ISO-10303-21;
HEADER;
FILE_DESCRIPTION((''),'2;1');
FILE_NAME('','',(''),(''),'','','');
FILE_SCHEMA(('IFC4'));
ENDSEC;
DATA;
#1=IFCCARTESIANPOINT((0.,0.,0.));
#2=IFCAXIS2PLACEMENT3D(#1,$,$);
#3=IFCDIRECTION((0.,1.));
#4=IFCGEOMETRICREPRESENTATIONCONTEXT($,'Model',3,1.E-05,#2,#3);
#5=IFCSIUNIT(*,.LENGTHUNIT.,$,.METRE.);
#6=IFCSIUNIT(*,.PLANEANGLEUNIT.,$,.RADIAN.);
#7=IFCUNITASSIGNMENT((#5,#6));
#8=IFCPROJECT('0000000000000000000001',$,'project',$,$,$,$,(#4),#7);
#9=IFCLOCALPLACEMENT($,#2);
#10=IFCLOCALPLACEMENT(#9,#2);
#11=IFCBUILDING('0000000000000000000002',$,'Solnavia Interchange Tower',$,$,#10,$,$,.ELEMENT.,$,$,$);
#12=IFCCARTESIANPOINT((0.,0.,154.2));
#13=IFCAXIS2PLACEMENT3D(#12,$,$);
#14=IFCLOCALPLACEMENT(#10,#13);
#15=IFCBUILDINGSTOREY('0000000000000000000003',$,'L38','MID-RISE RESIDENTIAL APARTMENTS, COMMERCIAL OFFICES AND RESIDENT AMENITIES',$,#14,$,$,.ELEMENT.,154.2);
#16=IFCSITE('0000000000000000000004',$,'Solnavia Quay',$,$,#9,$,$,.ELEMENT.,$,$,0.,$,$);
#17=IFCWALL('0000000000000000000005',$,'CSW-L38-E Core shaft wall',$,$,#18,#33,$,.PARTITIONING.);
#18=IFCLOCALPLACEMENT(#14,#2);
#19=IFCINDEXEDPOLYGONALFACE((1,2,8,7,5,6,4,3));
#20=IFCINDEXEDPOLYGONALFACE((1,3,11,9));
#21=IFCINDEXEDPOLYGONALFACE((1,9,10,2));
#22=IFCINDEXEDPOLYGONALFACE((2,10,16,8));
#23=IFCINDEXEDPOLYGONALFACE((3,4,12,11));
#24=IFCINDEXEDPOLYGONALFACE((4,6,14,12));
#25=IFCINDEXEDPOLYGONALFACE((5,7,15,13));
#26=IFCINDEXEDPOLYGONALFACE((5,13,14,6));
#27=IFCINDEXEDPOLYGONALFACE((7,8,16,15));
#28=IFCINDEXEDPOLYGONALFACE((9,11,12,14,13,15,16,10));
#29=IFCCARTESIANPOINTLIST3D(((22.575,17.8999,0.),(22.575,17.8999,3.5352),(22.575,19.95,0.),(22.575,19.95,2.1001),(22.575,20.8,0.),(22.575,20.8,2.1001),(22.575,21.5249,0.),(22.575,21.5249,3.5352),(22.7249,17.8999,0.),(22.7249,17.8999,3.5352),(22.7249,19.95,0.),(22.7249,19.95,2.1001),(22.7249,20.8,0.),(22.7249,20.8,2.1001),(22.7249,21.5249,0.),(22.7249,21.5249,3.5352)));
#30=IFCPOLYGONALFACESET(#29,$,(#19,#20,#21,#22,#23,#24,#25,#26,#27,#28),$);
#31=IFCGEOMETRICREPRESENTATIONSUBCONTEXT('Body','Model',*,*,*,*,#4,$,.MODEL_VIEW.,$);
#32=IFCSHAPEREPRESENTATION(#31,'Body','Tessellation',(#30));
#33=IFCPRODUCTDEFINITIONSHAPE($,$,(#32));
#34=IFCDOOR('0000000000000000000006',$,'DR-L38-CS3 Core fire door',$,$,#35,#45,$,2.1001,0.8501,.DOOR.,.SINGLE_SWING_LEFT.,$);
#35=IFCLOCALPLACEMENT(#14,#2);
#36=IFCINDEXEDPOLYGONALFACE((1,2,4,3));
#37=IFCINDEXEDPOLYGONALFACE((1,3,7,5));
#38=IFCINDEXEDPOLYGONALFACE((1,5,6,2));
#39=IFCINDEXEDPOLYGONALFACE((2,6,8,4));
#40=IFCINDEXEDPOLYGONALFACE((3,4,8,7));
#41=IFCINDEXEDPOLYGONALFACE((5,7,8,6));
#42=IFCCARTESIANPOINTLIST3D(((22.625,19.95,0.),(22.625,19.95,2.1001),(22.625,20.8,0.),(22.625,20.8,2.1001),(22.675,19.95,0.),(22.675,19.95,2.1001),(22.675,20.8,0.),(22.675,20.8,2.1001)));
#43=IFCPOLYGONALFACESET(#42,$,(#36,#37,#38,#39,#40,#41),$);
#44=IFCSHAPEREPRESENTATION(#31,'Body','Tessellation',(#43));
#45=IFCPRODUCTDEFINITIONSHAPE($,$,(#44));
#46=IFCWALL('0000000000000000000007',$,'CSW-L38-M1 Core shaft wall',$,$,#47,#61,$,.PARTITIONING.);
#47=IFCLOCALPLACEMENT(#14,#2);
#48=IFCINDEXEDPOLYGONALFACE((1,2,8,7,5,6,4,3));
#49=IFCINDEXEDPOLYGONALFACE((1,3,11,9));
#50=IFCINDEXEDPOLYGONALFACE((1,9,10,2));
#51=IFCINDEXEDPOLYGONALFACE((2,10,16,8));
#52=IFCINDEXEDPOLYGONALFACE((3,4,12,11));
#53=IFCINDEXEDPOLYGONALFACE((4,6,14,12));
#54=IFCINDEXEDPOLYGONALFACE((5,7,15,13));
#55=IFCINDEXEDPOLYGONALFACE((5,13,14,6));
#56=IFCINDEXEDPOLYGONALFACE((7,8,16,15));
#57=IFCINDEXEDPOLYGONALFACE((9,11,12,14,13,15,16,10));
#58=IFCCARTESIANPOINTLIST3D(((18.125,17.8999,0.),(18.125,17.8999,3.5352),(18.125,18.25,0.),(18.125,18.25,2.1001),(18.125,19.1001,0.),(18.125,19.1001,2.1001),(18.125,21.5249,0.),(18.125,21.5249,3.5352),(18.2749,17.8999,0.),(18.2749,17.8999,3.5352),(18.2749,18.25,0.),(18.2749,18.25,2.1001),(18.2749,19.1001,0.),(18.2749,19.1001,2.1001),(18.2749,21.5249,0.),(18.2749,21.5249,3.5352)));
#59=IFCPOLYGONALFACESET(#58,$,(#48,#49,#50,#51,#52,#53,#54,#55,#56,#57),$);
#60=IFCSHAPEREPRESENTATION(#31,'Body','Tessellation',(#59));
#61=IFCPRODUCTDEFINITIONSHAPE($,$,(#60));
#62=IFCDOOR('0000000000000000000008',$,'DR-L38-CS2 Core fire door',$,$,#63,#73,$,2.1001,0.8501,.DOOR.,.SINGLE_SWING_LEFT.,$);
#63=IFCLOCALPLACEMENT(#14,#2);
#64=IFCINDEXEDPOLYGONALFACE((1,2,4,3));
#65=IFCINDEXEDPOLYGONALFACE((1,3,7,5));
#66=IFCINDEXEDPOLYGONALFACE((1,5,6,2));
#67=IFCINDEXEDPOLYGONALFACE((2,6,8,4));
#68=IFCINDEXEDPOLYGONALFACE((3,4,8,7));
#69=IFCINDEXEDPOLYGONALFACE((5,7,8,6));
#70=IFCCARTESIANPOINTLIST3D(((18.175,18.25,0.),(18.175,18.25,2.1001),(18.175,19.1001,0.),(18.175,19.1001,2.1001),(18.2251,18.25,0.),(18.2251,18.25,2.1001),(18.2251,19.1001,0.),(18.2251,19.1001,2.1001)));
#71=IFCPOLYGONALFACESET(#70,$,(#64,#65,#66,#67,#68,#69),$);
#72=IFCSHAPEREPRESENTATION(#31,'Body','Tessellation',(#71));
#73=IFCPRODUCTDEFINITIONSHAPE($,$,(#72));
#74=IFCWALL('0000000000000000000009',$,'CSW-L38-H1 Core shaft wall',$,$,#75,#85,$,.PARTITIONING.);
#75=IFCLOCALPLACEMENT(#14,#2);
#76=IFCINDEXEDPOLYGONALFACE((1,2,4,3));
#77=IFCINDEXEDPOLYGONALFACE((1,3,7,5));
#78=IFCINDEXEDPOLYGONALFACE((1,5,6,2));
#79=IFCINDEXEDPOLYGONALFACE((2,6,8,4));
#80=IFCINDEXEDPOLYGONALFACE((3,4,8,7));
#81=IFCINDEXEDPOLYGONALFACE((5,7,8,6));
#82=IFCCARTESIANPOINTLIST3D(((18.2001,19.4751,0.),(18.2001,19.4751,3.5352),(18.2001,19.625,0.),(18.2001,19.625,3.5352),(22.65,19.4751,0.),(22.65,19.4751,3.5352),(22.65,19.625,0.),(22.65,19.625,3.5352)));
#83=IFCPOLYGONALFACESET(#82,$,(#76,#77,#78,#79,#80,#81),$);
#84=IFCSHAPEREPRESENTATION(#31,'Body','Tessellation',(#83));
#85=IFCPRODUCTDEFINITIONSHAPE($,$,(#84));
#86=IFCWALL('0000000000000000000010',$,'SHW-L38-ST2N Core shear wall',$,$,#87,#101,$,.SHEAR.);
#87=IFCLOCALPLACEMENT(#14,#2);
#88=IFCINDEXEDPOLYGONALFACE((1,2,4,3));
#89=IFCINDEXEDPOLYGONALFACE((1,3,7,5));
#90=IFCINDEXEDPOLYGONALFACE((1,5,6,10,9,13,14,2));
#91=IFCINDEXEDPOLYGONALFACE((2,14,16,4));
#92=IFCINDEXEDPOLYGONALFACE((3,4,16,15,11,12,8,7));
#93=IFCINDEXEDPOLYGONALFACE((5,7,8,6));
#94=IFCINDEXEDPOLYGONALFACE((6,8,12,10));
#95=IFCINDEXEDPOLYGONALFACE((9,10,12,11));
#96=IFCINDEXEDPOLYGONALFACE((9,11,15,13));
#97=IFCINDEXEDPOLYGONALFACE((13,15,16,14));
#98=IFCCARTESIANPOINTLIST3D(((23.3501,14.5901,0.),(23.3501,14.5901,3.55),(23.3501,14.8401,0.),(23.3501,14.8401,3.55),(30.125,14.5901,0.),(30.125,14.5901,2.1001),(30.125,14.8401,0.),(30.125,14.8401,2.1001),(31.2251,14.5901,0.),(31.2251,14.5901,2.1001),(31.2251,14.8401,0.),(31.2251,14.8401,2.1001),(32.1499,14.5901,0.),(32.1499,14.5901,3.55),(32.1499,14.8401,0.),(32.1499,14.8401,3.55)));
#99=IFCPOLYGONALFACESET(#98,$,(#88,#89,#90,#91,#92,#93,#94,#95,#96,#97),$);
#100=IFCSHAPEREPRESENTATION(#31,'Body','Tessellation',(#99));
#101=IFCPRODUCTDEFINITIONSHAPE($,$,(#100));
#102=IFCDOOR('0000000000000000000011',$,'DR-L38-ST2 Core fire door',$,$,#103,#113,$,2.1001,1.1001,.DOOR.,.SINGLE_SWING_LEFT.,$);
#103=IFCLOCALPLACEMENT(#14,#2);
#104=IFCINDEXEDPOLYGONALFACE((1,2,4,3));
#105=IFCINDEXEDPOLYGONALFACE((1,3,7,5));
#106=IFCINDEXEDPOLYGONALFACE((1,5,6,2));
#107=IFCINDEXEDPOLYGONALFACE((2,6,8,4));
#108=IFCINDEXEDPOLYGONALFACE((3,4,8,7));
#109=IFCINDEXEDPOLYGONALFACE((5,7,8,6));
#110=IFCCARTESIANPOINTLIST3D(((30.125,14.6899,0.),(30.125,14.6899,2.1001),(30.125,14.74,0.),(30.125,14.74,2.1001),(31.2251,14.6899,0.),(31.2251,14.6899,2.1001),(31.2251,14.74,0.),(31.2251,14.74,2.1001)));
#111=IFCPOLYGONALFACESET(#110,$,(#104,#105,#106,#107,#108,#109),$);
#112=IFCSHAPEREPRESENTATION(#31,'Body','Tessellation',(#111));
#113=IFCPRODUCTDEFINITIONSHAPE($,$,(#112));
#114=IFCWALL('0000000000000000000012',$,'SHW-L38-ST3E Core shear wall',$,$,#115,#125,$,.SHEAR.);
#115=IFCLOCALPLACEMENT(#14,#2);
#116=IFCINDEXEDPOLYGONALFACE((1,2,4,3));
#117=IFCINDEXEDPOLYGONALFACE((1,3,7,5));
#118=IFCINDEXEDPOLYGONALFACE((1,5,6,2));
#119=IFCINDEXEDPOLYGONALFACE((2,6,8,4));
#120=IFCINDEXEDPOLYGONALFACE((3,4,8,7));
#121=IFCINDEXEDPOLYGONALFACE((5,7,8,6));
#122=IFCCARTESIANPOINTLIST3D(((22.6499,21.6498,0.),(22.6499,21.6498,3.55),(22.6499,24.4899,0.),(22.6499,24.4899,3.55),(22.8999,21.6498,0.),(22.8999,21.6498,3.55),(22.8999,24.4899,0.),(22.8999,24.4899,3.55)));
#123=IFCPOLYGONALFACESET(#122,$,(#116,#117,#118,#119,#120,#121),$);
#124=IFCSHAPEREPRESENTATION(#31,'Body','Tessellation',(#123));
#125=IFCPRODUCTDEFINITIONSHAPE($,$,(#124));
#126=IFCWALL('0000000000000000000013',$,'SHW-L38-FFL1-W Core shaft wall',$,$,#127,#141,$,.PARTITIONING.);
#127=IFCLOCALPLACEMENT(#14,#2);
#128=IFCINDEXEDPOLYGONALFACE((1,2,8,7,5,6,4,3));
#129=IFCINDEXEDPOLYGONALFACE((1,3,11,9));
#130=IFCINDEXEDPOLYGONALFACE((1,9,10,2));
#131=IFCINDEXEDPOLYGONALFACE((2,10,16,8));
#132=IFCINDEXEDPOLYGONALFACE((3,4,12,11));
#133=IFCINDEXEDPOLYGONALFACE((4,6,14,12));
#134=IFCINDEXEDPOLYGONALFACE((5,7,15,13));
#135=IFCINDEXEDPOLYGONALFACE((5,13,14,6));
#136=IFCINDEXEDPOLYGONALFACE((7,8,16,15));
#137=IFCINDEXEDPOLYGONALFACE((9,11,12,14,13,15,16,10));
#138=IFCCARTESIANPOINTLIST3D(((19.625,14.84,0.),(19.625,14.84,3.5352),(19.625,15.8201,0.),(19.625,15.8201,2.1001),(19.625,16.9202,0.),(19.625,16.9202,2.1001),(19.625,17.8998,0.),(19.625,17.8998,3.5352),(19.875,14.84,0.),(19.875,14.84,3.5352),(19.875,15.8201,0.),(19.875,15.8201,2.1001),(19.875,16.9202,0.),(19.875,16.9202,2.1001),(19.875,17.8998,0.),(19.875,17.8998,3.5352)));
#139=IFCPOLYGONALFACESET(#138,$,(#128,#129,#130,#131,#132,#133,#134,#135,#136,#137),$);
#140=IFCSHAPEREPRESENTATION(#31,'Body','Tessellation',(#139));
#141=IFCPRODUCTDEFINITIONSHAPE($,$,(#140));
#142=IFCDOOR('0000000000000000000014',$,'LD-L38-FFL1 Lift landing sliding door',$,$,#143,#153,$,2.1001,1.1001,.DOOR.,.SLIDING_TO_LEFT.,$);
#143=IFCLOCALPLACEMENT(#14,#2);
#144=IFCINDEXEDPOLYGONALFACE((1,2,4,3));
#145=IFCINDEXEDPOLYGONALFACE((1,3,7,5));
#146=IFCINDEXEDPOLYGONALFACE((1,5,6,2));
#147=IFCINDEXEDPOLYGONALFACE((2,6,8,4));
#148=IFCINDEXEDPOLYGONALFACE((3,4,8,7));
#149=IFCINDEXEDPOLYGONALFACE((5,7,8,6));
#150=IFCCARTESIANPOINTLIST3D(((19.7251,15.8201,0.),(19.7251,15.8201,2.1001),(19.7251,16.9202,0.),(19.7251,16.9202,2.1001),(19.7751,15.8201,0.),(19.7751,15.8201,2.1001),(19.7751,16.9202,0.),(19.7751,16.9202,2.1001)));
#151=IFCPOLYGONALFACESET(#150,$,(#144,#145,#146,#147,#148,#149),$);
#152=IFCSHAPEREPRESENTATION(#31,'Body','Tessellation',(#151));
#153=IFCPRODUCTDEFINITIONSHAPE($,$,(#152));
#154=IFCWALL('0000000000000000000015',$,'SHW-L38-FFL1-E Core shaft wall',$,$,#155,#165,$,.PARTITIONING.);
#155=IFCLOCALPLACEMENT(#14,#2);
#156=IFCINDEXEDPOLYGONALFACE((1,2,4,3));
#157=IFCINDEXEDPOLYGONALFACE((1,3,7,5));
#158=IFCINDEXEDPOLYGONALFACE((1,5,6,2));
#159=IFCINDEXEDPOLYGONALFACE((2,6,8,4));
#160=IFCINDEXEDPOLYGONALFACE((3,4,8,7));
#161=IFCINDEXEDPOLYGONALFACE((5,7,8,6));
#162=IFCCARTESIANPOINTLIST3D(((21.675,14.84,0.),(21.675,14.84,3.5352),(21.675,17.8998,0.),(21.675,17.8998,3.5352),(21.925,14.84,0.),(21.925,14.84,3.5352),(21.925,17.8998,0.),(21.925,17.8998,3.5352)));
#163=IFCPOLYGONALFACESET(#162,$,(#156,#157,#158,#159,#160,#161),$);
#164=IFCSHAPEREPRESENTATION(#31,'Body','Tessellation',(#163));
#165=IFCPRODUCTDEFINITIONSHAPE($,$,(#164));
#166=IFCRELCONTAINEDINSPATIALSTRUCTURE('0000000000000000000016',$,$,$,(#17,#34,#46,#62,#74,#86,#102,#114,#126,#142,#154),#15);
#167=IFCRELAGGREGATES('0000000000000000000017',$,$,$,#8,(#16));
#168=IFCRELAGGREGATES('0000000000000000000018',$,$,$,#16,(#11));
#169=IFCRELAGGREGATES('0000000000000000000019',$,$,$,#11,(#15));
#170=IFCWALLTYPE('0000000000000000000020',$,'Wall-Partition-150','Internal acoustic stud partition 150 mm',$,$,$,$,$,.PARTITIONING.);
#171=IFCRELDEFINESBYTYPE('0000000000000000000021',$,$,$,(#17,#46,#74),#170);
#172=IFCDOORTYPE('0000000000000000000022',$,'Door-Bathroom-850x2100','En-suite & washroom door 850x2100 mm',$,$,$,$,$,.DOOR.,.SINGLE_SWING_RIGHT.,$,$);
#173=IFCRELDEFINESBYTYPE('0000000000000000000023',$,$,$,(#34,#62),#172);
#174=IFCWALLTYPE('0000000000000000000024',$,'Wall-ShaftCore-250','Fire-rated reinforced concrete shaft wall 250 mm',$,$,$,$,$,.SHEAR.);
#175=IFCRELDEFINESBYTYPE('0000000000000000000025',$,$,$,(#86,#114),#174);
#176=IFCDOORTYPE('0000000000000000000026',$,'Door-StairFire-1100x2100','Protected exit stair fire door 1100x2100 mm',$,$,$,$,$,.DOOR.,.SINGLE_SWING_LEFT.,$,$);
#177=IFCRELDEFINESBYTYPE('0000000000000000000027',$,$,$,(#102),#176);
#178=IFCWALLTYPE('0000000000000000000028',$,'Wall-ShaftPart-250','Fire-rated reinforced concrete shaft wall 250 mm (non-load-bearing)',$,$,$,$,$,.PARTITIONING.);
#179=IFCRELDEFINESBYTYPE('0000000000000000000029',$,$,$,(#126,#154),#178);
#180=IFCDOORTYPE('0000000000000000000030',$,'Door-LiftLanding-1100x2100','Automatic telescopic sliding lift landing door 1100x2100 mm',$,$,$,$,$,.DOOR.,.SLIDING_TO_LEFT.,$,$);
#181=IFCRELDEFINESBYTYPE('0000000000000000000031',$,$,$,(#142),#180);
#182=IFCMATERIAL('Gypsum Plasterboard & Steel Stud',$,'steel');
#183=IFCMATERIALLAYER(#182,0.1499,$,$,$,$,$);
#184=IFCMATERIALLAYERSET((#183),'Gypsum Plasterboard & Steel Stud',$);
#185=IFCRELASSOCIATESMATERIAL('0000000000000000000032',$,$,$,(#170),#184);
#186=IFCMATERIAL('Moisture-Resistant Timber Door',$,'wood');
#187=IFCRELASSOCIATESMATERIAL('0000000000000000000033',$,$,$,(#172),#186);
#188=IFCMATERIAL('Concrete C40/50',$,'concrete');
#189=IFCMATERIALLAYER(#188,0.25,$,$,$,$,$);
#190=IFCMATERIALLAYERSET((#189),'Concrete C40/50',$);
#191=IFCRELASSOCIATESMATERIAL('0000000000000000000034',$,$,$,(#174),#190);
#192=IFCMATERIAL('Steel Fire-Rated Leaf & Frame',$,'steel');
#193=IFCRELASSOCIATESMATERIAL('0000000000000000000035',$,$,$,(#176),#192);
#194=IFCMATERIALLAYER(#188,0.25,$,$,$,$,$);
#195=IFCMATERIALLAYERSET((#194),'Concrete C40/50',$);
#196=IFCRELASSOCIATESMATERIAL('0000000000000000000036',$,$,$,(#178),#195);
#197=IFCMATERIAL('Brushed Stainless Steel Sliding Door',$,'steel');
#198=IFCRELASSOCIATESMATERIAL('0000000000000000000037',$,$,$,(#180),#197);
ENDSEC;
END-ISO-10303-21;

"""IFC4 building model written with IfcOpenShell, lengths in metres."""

from ifc_helpers import new_model, si_unit, direction, frame, frame_2d, origin, place, context, subcontext, project, spatial, rectangle, extrude, material, layer, layer_set, type_object, element, fill, save


model = new_model("IFC4")

# Units and contexts
model_context = context("Model", 3, precision=1e-05, world=origin(), true_north=direction((0.0, 1.0)))
body_context = subcontext(model_context, "Body", "Model", "MODEL_VIEW")
ifc_project = project(units=[si_unit("LENGTHUNIT", "METRE"), si_unit("PLANEANGLEUNIT", "RADIAN")], contexts=[model_context])

# Site, building, storey
site_placement = place(None, origin())
site = spatial("IfcSite", under=ifc_project, at=site_placement, Name="Solnavia Quay", CompositionType="ELEMENT", RefElevation=0.0)
building_placement = place(site_placement, origin())
building = spatial("IfcBuilding", under=site, at=building_placement, Name="Solnavia Interchange Tower", CompositionType="ELEMENT")
storey_placement = place(building_placement, frame((0.0, 0.0, 154.2)))
storey = spatial("IfcBuildingStorey", under=building, at=storey_placement, Name="L38", Description="MID-RISE RESIDENTIAL APARTMENTS, COMMERCIAL OFFICES AND RESIDENT AMENITIES", CompositionType="ELEMENT", Elevation=154.2)

# Walls, openings, doors
ifc_material_1 = material(Name="Gypsum Plasterboard & Steel Stud", Category="steel")
ifc_layer_1 = layer(ifc_material_1, 0.1499)
ifc_layer_set_1 = layer_set([ifc_layer_1], Name="Gypsum Plasterboard & Steel Stud")
wall_type_1 = type_object("IfcWallType", Name="Wall-Partition-150", Description="Internal acoustic stud partition 150 mm", PredefinedType="PARTITIONING", material=ifc_layer_set_1)
wall_1_placement = place(storey_placement, frame((22.6499, 17.8999, 0.0), z_axis=(0.0, 0.0, 1.0), x_axis=(0.0, 1.0, 0.0)))
wall_1 = element("IfcWall", 1, at=wall_1_placement, inside=storey, type_object=wall_type_1, Name="CSW-L38-E Core shaft wall", PredefinedType="PARTITIONING", context=body_context, shape_type="SweptSolid", body=[
    extrude(rectangle(XDim=3.625, YDim=0.1499, at=frame_2d((1.8125, 0.0))), origin(), (0.0, 0.0, 1.0), 3.5352),
])
opening_1_placement = place(wall_1_placement, frame((2.05, 0.0, 0.0)))
opening_1 = element("IfcOpeningElement", 2, at=opening_1_placement, cuts=wall_1, PredefinedType="OPENING", context=body_context, shape_type="SweptSolid", body=[
    extrude(rectangle(XDim=0.8501, YDim=2.1001, at=frame_2d((0.425, 1.05))), frame((0.0, 0.085, 0.0), z_axis=(0.0, -1.0, 0.0), x_axis=(1.0, 0.0, 0.0)), (0.0, 0.0, 1.0), 0.1699),
])
ifc_material_2 = material(Name="Moisture-Resistant Timber Door", Category="wood")
door_type_1 = type_object("IfcDoorType", Name="Door-Bathroom-850x2100", Description="En-suite & washroom door 850x2100 mm", OperationType="SINGLE_SWING_RIGHT", PredefinedType="DOOR", material=ifc_material_2)
door_1_placement = place(opening_1_placement, origin())
door_1 = element("IfcDoor", 3, at=door_1_placement, inside=storey, type_object=door_type_1, Name="DR-L38-CS3 Core fire door", OperationType="SINGLE_SWING_LEFT", OverallHeight=2.1001, OverallWidth=0.8501, PredefinedType="DOOR", context=body_context, shape_type="SweptSolid", body=[
    extrude(rectangle(XDim=0.8501, YDim=2.1001, at=frame_2d((0.425, 1.05))), frame((0.0, 0.0249, 0.0), z_axis=(0.0, -1.0, 0.0), x_axis=(1.0, 0.0, 0.0)), (0.0, 0.0, 1.0), 0.05),
])
fill(opening_1, door_1)
wall_2_placement = place(storey_placement, frame((18.2, 17.8999, 0.0), z_axis=(0.0, 0.0, 1.0), x_axis=(0.0, 1.0, 0.0)))
wall_2 = element("IfcWall", 4, at=wall_2_placement, inside=storey, type_object=wall_type_1, Name="CSW-L38-M1 Core shaft wall", PredefinedType="PARTITIONING", context=body_context, shape_type="SweptSolid", body=[
    extrude(rectangle(XDim=3.625, YDim=0.1499, at=frame_2d((1.8125, 0.0))), origin(), (0.0, 0.0, 1.0), 3.5352),
])
opening_2_placement = place(wall_2_placement, frame((0.3501, 0.0, 0.0)))
opening_2 = element("IfcOpeningElement", 5, at=opening_2_placement, cuts=wall_2, PredefinedType="OPENING", context=body_context, shape_type="SweptSolid", body=[
    extrude(rectangle(XDim=0.8501, YDim=2.1001, at=frame_2d((0.425, 1.05))), frame((0.0, 0.085, 0.0), z_axis=(0.0, -1.0, 0.0), x_axis=(1.0, 0.0, 0.0)), (0.0, 0.0, 1.0), 0.1699),
])
door_2_placement = place(opening_2_placement, origin())
door_2 = element("IfcDoor", 6, at=door_2_placement, inside=storey, type_object=door_type_1, Name="DR-L38-CS2 Core fire door", OperationType="SINGLE_SWING_LEFT", OverallHeight=2.1001, OverallWidth=0.8501, PredefinedType="DOOR", context=body_context, shape_type="SweptSolid", body=[
    extrude(rectangle(XDim=0.8501, YDim=2.1001, at=frame_2d((0.425, 1.05))), frame((0.0, 0.0249, 0.0), z_axis=(0.0, -1.0, 0.0), x_axis=(1.0, 0.0, 0.0)), (0.0, 0.0, 1.0), 0.05),
])
fill(opening_2, door_2)

# Wall
wall_3_placement = place(storey_placement, frame((18.2, 19.55, 0.0), z_axis=(0.0, 0.0, 1.0), x_axis=(1.0, 0.0, 0.0)))
element("IfcWall", 7, at=wall_3_placement, inside=storey, type_object=wall_type_1, Name="CSW-L38-H1 Core shaft wall", PredefinedType="PARTITIONING", context=body_context, shape_type="SweptSolid", body=[
    extrude(rectangle(XDim=4.45, YDim=0.1499, at=frame_2d((2.2251, 0.0))), origin(), (0.0, 0.0, 1.0), 3.5352),
])

# Wall, opening, door
ifc_material_3 = material(Name="Concrete C40/50", Category="concrete")
ifc_layer_2 = layer(ifc_material_3, 0.25)
ifc_layer_set_2 = layer_set([ifc_layer_2], Name="Concrete C40/50")
wall_type_2 = type_object("IfcWallType", Name="Wall-ShaftCore-250", Description="Fire-rated reinforced concrete shaft wall 250 mm", PredefinedType="SHEAR", material=ifc_layer_set_2)
wall_4_placement = place(storey_placement, frame((23.3501, 14.7151, 0.0), z_axis=(0.0, 0.0, 1.0), x_axis=(1.0, 0.0, 0.0)))
wall_4 = element("IfcWall", 8, at=wall_4_placement, inside=storey, type_object=wall_type_2, Name="SHW-L38-ST2N Core shear wall", PredefinedType="SHEAR", context=body_context, shape_type="SweptSolid", body=[
    extrude(rectangle(XDim=8.7998, YDim=0.25, at=frame_2d((4.3999, 0.0))), origin(), (0.0, 0.0, 1.0), 3.55),
])
opening_3_placement = place(wall_4_placement, frame((6.7749, 0.0, 0.0)))
opening_3 = element("IfcOpeningElement", 9, at=opening_3_placement, cuts=wall_4, PredefinedType="OPENING", context=body_context, shape_type="SweptSolid", body=[
    extrude(rectangle(XDim=1.1001, YDim=2.1001, at=frame_2d((0.55, 1.05))), frame((0.0, 0.135, 0.0), z_axis=(0.0, -1.0, 0.0), x_axis=(1.0, 0.0, 0.0)), (0.0, 0.0, 1.0), 0.27),
])
ifc_material_4 = material(Name="Steel Fire-Rated Leaf & Frame", Category="steel")
door_type_2 = type_object("IfcDoorType", Name="Door-StairFire-1100x2100", Description="Protected exit stair fire door 1100x2100 mm", OperationType="SINGLE_SWING_LEFT", PredefinedType="DOOR", material=ifc_material_4)
door_3_placement = place(opening_3_placement, origin())
door_3 = element("IfcDoor", 10, at=door_3_placement, inside=storey, type_object=door_type_2, Name="DR-L38-ST2 Core fire door", OperationType="SINGLE_SWING_LEFT", OverallHeight=2.1001, OverallWidth=1.1001, PredefinedType="DOOR", context=body_context, shape_type="SweptSolid", body=[
    extrude(rectangle(XDim=1.1001, YDim=2.1001, at=frame_2d((0.55, 1.05))), frame((0.0, 0.0249, 0.0), z_axis=(0.0, -1.0, 0.0), x_axis=(1.0, 0.0, 0.0)), (0.0, 0.0, 1.0), 0.05),
])
fill(opening_3, door_3)

# Wall
wall_5_placement = place(storey_placement, frame((22.7749, 21.6499, 0.0), z_axis=(0.0, 0.0, 1.0), x_axis=(0.0, 1.0, 0.0)))
element("IfcWall", 11, at=wall_5_placement, inside=storey, type_object=wall_type_2, Name="SHW-L38-ST3E Core shear wall", PredefinedType="SHEAR", context=body_context, shape_type="SweptSolid", body=[
    extrude(rectangle(XDim=2.8401, YDim=0.25, at=frame_2d((1.4199, 0.0))), origin(), (0.0, 0.0, 1.0), 3.55),
])

# Wall, opening, door
ifc_layer_3 = layer(ifc_material_3, 0.25)
ifc_layer_set_3 = layer_set([ifc_layer_3], Name="Concrete C40/50")
wall_type_3 = type_object("IfcWallType", Name="Wall-ShaftPart-250", Description="Fire-rated reinforced concrete shaft wall 250 mm (non-load-bearing)", PredefinedType="PARTITIONING", material=ifc_layer_set_3)
wall_6_placement = place(storey_placement, frame((19.75, 14.8401, 0.0), z_axis=(0.0, 0.0, 1.0), x_axis=(0.0, 1.0, 0.0)))
wall_6 = element("IfcWall", 12, at=wall_6_placement, inside=storey, type_object=wall_type_3, Name="SHW-L38-FFL1-W Core shaft wall", PredefinedType="PARTITIONING", context=body_context, shape_type="SweptSolid", body=[
    extrude(rectangle(XDim=3.0598, YDim=0.25, at=frame_2d((1.5298, 0.0))), origin(), (0.0, 0.0, 1.0), 3.5352),
])
opening_4_placement = place(wall_6_placement, frame((0.98, 0.0, 0.0)))
opening_4 = element("IfcOpeningElement", 13, at=opening_4_placement, cuts=wall_6, PredefinedType="OPENING", context=body_context, shape_type="SweptSolid", body=[
    extrude(rectangle(XDim=1.1001, YDim=2.1001, at=frame_2d((0.55, 1.05))), frame((0.0, 0.135, 0.0), z_axis=(0.0, -1.0, 0.0), x_axis=(1.0, 0.0, 0.0)), (0.0, 0.0, 1.0), 0.27),
])
ifc_material_5 = material(Name="Brushed Stainless Steel Sliding Door", Category="steel")
door_type_3 = type_object("IfcDoorType", Name="Door-LiftLanding-1100x2100", Description="Automatic telescopic sliding lift landing door 1100x2100 mm", OperationType="SLIDING_TO_LEFT", PredefinedType="DOOR", material=ifc_material_5)
door_4_placement = place(opening_4_placement, origin())
door_4 = element("IfcDoor", 14, at=door_4_placement, inside=storey, type_object=door_type_3, Name="LD-L38-FFL1 Lift landing sliding door", OperationType="SLIDING_TO_LEFT", OverallHeight=2.1001, OverallWidth=1.1001, PredefinedType="DOOR", context=body_context, shape_type="SweptSolid", body=[
    extrude(rectangle(XDim=1.1001, YDim=2.1001, at=frame_2d((0.55, 1.05))), frame((0.0, 0.0249, 0.0), z_axis=(0.0, -1.0, 0.0), x_axis=(1.0, 0.0, 0.0)), (0.0, 0.0, 1.0), 0.05),
])
fill(opening_4, door_4)

# Wall
wall_7_placement = place(storey_placement, frame((21.8, 14.8401, 0.0), z_axis=(0.0, 0.0, 1.0), x_axis=(0.0, 1.0, 0.0)))
element("IfcWall", 15, at=wall_7_placement, inside=storey, type_object=wall_type_3, Name="SHW-L38-FFL1-E Core shaft wall", PredefinedType="PARTITIONING", context=body_context, shape_type="SweptSolid", body=[
    extrude(rectangle(XDim=3.0598, YDim=0.25, at=frame_2d((1.5298, 0.0))), origin(), (0.0, 0.0, 1.0), 3.5352),
])

save(model, "model.ifc")
